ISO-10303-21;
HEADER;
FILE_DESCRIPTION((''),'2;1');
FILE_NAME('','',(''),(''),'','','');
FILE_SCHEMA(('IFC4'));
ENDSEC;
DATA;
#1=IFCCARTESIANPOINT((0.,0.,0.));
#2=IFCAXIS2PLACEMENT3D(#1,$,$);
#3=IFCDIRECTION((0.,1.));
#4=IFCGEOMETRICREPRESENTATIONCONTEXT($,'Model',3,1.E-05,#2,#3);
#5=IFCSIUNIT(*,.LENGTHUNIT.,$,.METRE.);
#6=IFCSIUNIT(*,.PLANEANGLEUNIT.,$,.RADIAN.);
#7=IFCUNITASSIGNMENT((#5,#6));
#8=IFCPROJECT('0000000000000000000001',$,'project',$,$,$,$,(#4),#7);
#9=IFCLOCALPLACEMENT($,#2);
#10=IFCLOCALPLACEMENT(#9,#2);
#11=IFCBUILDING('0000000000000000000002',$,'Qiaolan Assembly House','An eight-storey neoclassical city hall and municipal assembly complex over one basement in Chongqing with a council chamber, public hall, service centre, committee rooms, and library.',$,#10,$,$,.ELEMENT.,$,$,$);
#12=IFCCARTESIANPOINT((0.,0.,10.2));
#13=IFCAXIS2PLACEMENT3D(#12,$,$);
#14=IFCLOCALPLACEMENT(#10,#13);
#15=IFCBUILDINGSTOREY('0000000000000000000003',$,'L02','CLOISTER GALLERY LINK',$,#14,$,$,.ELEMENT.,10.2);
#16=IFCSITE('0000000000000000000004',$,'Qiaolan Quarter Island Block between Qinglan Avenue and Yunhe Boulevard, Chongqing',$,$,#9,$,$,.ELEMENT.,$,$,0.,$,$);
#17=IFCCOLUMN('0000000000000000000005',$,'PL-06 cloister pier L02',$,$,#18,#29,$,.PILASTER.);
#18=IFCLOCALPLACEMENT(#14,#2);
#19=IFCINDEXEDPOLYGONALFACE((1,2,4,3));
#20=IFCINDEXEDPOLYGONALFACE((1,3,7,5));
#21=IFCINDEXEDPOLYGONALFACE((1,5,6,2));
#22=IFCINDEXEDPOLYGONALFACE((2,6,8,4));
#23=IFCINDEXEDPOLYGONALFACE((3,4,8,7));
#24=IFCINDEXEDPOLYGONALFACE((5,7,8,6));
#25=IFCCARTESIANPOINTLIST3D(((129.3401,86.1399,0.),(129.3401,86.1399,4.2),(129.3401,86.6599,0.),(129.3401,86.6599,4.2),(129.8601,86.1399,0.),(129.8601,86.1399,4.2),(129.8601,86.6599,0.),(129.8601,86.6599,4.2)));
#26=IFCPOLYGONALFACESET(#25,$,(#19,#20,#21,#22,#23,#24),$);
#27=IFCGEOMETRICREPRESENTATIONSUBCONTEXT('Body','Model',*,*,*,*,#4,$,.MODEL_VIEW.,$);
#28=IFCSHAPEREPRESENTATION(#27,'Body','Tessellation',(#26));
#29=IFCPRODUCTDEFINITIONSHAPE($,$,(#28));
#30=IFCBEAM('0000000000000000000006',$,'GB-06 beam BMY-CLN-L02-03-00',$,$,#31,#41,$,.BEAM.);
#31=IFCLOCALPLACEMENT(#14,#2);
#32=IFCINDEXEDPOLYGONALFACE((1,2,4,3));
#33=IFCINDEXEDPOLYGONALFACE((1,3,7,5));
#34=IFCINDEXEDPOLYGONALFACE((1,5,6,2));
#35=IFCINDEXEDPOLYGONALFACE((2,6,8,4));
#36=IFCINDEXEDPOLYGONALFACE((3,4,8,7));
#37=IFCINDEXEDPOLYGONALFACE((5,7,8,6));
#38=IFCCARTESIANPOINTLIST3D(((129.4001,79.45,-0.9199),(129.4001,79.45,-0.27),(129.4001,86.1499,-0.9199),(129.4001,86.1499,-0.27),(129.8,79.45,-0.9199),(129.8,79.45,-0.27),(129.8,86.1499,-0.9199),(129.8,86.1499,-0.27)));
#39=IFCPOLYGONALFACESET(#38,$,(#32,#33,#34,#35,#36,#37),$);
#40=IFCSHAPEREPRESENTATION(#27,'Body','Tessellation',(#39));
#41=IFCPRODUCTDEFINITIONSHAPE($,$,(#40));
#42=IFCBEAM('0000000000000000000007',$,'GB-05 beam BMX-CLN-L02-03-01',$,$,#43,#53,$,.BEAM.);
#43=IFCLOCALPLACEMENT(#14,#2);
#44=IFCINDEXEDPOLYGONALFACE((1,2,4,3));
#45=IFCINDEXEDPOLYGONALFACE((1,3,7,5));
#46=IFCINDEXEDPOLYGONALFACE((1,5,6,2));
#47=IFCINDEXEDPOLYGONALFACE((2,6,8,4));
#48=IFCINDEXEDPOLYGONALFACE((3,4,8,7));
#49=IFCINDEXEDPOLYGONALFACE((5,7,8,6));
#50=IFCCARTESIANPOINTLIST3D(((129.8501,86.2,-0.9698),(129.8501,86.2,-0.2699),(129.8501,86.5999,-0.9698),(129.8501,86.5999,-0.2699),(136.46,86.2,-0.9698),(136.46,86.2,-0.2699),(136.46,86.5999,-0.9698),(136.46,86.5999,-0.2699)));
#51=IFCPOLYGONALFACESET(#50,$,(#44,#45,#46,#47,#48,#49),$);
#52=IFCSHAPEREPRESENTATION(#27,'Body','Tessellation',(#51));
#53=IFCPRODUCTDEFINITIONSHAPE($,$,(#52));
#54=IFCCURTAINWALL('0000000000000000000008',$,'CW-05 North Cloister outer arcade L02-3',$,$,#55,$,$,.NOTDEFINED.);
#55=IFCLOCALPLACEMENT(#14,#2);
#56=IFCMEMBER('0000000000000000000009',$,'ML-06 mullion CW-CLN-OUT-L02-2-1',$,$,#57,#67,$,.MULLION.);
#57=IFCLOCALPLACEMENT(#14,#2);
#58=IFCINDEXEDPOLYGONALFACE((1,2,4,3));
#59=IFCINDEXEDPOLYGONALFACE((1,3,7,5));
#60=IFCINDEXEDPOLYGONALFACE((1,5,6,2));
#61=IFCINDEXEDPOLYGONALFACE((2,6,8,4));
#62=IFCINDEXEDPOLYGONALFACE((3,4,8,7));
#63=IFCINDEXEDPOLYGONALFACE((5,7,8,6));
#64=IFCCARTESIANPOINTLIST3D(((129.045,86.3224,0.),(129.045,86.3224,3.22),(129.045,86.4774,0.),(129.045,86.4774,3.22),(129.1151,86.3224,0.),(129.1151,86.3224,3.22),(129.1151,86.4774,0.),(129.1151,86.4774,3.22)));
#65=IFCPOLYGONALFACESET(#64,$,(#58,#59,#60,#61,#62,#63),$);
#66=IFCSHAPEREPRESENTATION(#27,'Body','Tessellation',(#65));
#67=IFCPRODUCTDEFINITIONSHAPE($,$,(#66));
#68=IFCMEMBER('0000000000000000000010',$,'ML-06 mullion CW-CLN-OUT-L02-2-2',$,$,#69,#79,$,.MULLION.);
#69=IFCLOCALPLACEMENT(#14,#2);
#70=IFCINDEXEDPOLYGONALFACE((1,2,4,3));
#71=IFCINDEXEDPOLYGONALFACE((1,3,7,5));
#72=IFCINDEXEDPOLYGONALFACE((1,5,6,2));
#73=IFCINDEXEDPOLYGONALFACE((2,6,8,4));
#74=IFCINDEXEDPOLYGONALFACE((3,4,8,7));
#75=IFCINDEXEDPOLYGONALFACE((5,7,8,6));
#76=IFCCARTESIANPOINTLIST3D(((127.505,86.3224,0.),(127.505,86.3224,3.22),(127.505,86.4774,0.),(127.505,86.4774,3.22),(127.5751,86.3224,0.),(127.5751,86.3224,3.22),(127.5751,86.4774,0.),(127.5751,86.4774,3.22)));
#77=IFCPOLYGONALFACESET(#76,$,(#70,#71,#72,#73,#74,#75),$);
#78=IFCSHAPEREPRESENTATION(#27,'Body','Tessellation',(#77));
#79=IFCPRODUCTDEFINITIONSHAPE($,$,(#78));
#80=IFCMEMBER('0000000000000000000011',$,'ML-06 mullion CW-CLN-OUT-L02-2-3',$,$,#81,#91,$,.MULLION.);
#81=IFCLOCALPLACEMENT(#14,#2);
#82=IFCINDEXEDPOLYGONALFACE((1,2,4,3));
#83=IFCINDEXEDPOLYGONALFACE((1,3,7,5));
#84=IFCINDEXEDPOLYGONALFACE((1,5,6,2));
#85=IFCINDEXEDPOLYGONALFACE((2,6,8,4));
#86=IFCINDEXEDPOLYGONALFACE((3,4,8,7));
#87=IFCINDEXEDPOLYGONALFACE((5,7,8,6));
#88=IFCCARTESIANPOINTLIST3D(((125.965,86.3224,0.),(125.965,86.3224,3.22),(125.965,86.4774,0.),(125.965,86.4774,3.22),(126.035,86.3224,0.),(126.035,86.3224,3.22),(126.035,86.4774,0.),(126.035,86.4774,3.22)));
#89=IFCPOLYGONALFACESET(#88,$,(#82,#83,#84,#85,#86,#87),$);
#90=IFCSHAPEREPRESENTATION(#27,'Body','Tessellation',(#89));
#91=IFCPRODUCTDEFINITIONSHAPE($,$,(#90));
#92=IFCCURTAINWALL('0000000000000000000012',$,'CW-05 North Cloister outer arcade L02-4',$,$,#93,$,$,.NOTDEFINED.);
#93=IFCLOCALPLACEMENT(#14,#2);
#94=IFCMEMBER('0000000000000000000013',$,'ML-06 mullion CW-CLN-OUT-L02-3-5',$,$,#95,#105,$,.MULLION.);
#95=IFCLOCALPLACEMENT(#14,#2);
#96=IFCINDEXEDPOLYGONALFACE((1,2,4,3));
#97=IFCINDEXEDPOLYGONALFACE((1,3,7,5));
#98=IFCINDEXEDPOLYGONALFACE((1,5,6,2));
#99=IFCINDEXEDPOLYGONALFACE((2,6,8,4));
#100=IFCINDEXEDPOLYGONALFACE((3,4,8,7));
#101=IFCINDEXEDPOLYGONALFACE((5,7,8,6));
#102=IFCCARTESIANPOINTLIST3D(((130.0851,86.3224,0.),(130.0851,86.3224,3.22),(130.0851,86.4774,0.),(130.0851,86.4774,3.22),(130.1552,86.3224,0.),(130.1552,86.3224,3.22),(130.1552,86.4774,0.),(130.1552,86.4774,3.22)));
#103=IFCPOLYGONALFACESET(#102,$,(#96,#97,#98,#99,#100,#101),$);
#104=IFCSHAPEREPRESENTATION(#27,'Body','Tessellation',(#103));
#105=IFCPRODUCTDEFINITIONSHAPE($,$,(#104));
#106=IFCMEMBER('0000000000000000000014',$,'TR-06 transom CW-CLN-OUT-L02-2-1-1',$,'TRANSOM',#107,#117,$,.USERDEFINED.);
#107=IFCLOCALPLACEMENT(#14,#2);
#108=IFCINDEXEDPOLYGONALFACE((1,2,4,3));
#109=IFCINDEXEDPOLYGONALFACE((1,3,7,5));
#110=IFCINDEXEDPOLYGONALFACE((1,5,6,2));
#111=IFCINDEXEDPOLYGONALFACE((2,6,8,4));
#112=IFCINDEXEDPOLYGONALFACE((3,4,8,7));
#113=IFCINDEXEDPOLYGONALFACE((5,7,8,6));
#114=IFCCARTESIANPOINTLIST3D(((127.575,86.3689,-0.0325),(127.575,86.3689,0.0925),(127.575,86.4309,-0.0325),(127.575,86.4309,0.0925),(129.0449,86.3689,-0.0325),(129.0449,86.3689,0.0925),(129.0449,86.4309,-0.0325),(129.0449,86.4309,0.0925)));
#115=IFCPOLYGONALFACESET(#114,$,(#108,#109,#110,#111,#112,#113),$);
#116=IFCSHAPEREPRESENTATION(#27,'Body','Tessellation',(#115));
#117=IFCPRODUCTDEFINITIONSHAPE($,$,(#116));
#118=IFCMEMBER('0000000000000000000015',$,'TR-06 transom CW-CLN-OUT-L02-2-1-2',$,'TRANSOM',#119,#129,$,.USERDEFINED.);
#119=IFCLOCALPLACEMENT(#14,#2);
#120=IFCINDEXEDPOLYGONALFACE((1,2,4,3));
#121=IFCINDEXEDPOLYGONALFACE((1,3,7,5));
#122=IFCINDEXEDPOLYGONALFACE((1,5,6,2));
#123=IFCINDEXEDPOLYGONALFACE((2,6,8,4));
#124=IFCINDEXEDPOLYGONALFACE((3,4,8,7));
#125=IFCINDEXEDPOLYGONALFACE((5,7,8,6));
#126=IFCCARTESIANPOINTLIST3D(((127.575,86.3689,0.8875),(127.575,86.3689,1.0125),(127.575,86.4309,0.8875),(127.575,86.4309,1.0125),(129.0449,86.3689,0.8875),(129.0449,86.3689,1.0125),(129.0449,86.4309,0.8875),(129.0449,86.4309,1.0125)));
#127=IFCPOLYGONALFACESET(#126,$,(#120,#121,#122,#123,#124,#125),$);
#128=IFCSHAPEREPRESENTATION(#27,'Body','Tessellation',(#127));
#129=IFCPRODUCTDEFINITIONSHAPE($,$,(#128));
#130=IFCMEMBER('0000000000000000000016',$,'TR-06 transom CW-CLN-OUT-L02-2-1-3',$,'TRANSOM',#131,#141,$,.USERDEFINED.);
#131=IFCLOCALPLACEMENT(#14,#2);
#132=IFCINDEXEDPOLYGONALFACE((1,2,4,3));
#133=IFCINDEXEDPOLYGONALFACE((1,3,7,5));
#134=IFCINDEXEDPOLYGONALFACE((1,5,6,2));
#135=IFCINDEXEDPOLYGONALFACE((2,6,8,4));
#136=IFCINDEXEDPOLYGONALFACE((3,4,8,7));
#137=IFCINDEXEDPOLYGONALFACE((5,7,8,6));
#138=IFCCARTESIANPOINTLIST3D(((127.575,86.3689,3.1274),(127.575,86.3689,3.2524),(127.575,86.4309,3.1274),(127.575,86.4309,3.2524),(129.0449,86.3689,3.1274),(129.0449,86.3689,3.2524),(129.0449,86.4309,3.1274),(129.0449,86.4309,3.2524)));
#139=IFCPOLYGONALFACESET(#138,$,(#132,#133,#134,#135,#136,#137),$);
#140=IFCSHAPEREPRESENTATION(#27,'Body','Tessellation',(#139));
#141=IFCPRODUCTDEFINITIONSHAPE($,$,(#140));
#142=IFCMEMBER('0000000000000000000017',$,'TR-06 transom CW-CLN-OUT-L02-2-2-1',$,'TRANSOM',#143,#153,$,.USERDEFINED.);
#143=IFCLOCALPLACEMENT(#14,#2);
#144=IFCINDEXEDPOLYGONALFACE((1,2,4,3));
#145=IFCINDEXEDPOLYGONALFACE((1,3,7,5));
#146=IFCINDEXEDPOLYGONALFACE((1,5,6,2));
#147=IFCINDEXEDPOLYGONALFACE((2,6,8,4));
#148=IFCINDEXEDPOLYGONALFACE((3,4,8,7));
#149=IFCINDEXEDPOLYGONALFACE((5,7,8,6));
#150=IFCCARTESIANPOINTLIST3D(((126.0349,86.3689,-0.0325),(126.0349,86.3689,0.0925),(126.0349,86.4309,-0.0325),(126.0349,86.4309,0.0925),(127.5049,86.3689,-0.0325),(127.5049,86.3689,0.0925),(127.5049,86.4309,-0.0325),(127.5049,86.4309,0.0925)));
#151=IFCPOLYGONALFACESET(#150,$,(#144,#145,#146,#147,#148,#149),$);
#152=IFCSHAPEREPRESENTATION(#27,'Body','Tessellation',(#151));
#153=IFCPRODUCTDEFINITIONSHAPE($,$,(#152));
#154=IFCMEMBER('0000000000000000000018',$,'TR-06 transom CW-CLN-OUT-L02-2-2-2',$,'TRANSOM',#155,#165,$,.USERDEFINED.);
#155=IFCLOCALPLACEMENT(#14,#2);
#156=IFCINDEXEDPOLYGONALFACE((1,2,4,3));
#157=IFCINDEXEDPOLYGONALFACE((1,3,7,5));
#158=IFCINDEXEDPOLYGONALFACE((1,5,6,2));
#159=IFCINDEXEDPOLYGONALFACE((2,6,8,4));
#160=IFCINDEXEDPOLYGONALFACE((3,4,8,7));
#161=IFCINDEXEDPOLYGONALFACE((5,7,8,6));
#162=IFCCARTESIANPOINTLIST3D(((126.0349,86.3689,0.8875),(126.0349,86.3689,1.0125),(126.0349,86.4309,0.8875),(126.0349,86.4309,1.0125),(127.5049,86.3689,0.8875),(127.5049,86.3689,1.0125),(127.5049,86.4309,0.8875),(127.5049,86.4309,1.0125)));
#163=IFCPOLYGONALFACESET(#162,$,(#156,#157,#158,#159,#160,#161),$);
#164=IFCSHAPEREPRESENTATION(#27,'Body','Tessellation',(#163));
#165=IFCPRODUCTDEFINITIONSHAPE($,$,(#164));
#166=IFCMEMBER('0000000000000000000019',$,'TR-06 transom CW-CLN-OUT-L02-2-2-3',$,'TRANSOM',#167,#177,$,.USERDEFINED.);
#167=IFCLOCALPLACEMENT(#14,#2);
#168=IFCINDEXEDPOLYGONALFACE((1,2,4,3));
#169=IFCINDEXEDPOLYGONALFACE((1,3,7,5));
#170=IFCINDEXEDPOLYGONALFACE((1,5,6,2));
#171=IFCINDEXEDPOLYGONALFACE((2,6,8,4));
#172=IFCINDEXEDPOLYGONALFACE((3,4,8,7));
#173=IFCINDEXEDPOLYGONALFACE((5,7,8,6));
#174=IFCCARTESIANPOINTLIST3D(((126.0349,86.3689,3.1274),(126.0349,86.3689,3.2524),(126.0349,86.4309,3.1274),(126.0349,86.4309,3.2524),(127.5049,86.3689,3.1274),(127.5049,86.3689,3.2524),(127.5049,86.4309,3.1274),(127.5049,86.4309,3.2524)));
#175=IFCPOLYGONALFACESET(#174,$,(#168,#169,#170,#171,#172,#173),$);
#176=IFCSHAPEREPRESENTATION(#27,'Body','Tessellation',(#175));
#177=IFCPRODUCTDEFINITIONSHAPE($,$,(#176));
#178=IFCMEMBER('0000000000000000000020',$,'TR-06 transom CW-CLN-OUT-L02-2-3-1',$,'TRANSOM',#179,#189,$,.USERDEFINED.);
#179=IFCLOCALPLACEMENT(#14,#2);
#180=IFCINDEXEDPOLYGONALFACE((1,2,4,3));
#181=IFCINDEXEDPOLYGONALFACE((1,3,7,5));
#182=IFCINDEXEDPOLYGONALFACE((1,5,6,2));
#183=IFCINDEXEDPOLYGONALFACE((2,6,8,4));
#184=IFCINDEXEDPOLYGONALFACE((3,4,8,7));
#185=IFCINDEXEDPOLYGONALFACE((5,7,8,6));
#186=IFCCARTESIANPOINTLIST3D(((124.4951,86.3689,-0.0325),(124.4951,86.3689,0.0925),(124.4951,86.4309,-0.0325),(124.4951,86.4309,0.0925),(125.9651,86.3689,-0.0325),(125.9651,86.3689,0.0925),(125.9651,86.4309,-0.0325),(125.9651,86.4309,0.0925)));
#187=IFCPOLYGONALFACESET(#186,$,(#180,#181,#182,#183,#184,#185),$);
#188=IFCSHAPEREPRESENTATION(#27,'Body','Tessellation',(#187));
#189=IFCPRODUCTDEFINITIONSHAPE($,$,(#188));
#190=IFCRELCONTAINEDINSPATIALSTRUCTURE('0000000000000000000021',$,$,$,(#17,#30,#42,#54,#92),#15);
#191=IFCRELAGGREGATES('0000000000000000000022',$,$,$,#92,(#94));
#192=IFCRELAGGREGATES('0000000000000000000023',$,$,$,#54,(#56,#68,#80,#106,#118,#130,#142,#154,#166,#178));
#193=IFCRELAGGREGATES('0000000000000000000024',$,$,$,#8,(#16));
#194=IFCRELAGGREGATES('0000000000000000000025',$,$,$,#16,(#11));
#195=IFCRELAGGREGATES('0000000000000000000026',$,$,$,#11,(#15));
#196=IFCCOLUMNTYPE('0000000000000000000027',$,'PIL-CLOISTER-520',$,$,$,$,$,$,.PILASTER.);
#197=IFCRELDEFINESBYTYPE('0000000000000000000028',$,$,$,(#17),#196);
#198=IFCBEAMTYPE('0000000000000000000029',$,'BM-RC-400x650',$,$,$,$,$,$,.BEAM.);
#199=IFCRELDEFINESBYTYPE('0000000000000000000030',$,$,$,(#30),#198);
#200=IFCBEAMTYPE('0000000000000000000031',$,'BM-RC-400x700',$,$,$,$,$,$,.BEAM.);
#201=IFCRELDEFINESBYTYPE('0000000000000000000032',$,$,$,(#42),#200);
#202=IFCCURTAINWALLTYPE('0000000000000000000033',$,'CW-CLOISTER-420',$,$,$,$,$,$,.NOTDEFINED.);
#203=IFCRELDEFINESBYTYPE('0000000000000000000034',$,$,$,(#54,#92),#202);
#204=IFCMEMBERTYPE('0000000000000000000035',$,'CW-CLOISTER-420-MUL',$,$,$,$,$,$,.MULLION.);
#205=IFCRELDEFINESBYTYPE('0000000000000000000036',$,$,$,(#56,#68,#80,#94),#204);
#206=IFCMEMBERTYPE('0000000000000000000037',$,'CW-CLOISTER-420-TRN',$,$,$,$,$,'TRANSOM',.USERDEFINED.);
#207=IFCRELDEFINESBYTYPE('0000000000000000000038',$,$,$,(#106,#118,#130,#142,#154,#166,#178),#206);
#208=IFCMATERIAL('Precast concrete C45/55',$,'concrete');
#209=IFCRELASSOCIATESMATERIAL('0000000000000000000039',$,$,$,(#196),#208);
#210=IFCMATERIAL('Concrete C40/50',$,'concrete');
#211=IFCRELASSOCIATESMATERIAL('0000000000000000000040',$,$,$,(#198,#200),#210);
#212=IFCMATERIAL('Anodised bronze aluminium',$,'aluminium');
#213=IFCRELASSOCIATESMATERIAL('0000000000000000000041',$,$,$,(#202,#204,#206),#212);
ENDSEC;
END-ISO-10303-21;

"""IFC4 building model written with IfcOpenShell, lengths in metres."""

from ifc_helpers import new_model, si_unit, direction, frame, origin, origin_2d, place, context, subcontext, project, spatial, rectangle, extrude, material, material_profile, profile_set, type_object, element, aggregate, save


model = new_model("IFC4")

# Units and contexts
model_context = context("Model", 3, precision=1e-05, world=origin(), true_north=direction((0.0, 1.0)))
body_context = subcontext(model_context, "Body", "Model", "MODEL_VIEW")
ifc_project = project(units=[si_unit("LENGTHUNIT", "METRE"), si_unit("PLANEANGLEUNIT", "RADIAN")], contexts=[model_context])

# Site, building, storey
site_placement = place(None, origin())
site = spatial("IfcSite", under=ifc_project, at=site_placement, Name="Qiaolan Quarter Island Block between Qinglan Avenue and Yunhe Boulevard, Chongqing", CompositionType="ELEMENT", RefElevation=0.0)
building_placement = place(site_placement, origin())
building = spatial("IfcBuilding", under=site, at=building_placement, Name="Qiaolan Assembly House", Description="An eight-storey neoclassical city hall and municipal assembly complex over one basement in Chongqing with a council chamber, public hall, service centre, committee rooms, and library.", CompositionType="ELEMENT")
storey_placement = place(building_placement, frame((0.0, 0.0, 10.2)))
storey = spatial("IfcBuildingStorey", under=building, at=storey_placement, Name="L02", Description="CLOISTER GALLERY LINK", CompositionType="ELEMENT", Elevation=10.2)

# Column
ifc_material_1 = material(Name="Precast concrete C45/55", Category="concrete")
ifc_material_profile_1 = material_profile(ifc_material_1, rectangle(XDim=0.52, YDim=0.52, at=origin_2d()), Name="PIL 520x520")
ifc_profile_set_1 = profile_set([ifc_material_profile_1], Name="Precast concrete C45/55")
column_type = type_object("IfcColumnType", Name="PIL-CLOISTER-520", PredefinedType="PILASTER", material=ifc_profile_set_1)
column_placement = place(storey_placement, frame((129.6001, 86.3999, 0.0), z_axis=(0.0, 0.0, 1.0), x_axis=(1.0, 0.0, 0.0)))
element("IfcColumn", 1, at=column_placement, inside=storey, type_object=column_type, Name="PL-06 cloister pier L02", PredefinedType="PILASTER", context=body_context, shape_type="SweptSolid", body=[
    extrude(rectangle(XDim=0.52, YDim=0.52, at=origin_2d()), origin(), (0.0, 0.0, 1.0), 4.2),
])

# Beams
ifc_material_2 = material(Name="Concrete C40/50", Category="concrete")
ifc_material_profile_2 = material_profile(ifc_material_2, rectangle(XDim=0.3999, YDim=0.6499, at=origin_2d()), Name="RCB 400x650")
ifc_profile_set_2 = profile_set([ifc_material_profile_2], Name="Concrete C40/50")
beam_type_1 = type_object("IfcBeamType", Name="BM-RC-400x650", PredefinedType="BEAM", material=ifc_profile_set_2)
beam_1_placement = place(storey_placement, frame((129.6001, 79.45, -0.595), z_axis=(0.0, 1.0, 0.0), x_axis=(-1.0, 0.0, 0.0)))
element("IfcBeam", 2, at=beam_1_placement, inside=storey, type_object=beam_type_1, Name="GB-06 beam BMY-CLN-L02-03-00", PredefinedType="BEAM", context=body_context, shape_type="SweptSolid", body=[
    extrude(rectangle(XDim=0.3999, YDim=0.6499, at=origin_2d()), origin(), (0.0, 0.0, 1.0), 6.7),
])
ifc_material_profile_3 = material_profile(ifc_material_2, rectangle(XDim=0.3999, YDim=0.7, at=origin_2d()), Name="RCB 400x700")
ifc_profile_set_3 = profile_set([ifc_material_profile_3], Name="Concrete C40/50")
beam_type_2 = type_object("IfcBeamType", Name="BM-RC-400x700", PredefinedType="BEAM", material=ifc_profile_set_3)
beam_2_placement = place(storey_placement, frame((129.8501, 86.3999, -0.6199), z_axis=(1.0, 0.0, 0.0), x_axis=(0.0, 1.0, 0.0)))
element("IfcBeam", 3, at=beam_2_placement, inside=storey, type_object=beam_type_2, Name="GB-05 beam BMX-CLN-L02-03-01", PredefinedType="BEAM", context=body_context, shape_type="SweptSolid", body=[
    extrude(rectangle(XDim=0.3999, YDim=0.7, at=origin_2d()), origin(), (0.0, 0.0, 1.0), 6.6099),
])

# Curtain wall, members
ifc_material_3 = material(Name="Anodised bronze aluminium", Category="aluminium")
curtain_wall_type = type_object("IfcCurtainWallType", Name="CW-CLOISTER-420", PredefinedType="NOTDEFINED", material=ifc_material_3)
curtain_wall_1_placement = place(storey_placement, origin())
curtain_wall_1 = element("IfcCurtainWall", 4, at=curtain_wall_1_placement, inside=storey, type_object=curtain_wall_type, Name="CW-05 North Cloister outer arcade L02-3", PredefinedType="NOTDEFINED")
ifc_material_profile_4 = material_profile(ifc_material_3, rectangle(XDim=0.0701, YDim=0.155, at=origin_2d()), Name="MUL 70x155")
ifc_profile_set_4 = profile_set([ifc_material_profile_4], Name="Anodised bronze aluminium")
member_type_1 = type_object("IfcMemberType", Name="CW-CLOISTER-420-MUL", PredefinedType="MULLION", material=ifc_profile_set_4)
member_1_placement = place(storey_placement, frame((129.0801, 86.3999, 0.0), z_axis=(0.0, 0.0, 1.0), x_axis=(-1.0, 0.0, 0.0)))
member_1 = element("IfcMember", 5, at=member_1_placement, type_object=member_type_1, Name="ML-06 mullion CW-CLN-OUT-L02-2-1", PredefinedType="MULLION", context=body_context, shape_type="SweptSolid", body=[
    extrude(rectangle(XDim=0.0701, YDim=0.155, at=origin_2d()), origin(), (0.0, 0.0, 1.0), 3.22),
])
member_2_placement = place(storey_placement, frame((127.54, 86.3999, 0.0), z_axis=(0.0, 0.0, 1.0), x_axis=(-1.0, 0.0, 0.0)))
member_2 = element("IfcMember", 6, at=member_2_placement, type_object=member_type_1, Name="ML-06 mullion CW-CLN-OUT-L02-2-2", PredefinedType="MULLION", context=body_context, shape_type="SweptSolid", body=[
    extrude(rectangle(XDim=0.0701, YDim=0.155, at=origin_2d()), origin(), (0.0, 0.0, 1.0), 3.22),
])
member_3_placement = place(storey_placement, frame((126.0, 86.3999, 0.0), z_axis=(0.0, 0.0, 1.0), x_axis=(-1.0, 0.0, 0.0)))
member_3 = element("IfcMember", 7, at=member_3_placement, type_object=member_type_1, Name="ML-06 mullion CW-CLN-OUT-L02-2-3", PredefinedType="MULLION", context=body_context, shape_type="SweptSolid", body=[
    extrude(rectangle(XDim=0.0701, YDim=0.155, at=origin_2d()), origin(), (0.0, 0.0, 1.0), 3.22),
])

# Curtain wall, member
curtain_wall_2_placement = place(storey_placement, origin())
curtain_wall_2 = element("IfcCurtainWall", 8, at=curtain_wall_2_placement, inside=storey, type_object=curtain_wall_type, Name="CW-05 North Cloister outer arcade L02-4", PredefinedType="NOTDEFINED")
member_4_placement = place(storey_placement, frame((130.1201, 86.3999, 0.0), z_axis=(0.0, 0.0, 1.0), x_axis=(-1.0, 0.0, 0.0)))
member_4 = element("IfcMember", 9, at=member_4_placement, type_object=member_type_1, Name="ML-06 mullion CW-CLN-OUT-L02-3-5", PredefinedType="MULLION", context=body_context, shape_type="SweptSolid", body=[
    extrude(rectangle(XDim=0.0701, YDim=0.155, at=origin_2d()), origin(), (0.0, 0.0, 1.0), 3.22),
])
aggregate(curtain_wall_2, [member_4])

# Members
ifc_material_profile_5 = material_profile(ifc_material_3, rectangle(XDim=0.062, YDim=0.125, at=origin_2d()), Name="TRN 62x125")
ifc_profile_set_5 = profile_set([ifc_material_profile_5], Name="Anodised bronze aluminium")
member_type_2 = type_object("IfcMemberType", Name="CW-CLOISTER-420-TRN", ElementType="TRANSOM", PredefinedType="USERDEFINED", material=ifc_profile_set_5)
member_5_placement = place(storey_placement, frame((129.0449, 86.3999, 0.03), z_axis=(-1.0, 0.0, 0.0), x_axis=(0.0, -1.0, 0.0)))
member_5 = element("IfcMember", 10, at=member_5_placement, type_object=member_type_2, Name="TR-06 transom CW-CLN-OUT-L02-2-1-1", ObjectType="TRANSOM", PredefinedType="USERDEFINED", context=body_context, shape_type="SweptSolid", body=[
    extrude(rectangle(XDim=0.062, YDim=0.125, at=origin_2d()), origin(), (0.0, 0.0, 1.0), 1.47),
])
member_6_placement = place(storey_placement, frame((129.0449, 86.3999, 0.95), z_axis=(-1.0, 0.0, 0.0), x_axis=(0.0, -1.0, 0.0)))
member_6 = element("IfcMember", 11, at=member_6_placement, type_object=member_type_2, Name="TR-06 transom CW-CLN-OUT-L02-2-1-2", ObjectType="TRANSOM", PredefinedType="USERDEFINED", context=body_context, shape_type="SweptSolid", body=[
    extrude(rectangle(XDim=0.062, YDim=0.125, at=origin_2d()), origin(), (0.0, 0.0, 1.0), 1.47),
])
member_7_placement = place(storey_placement, frame((129.0449, 86.3999, 3.1899), z_axis=(-1.0, 0.0, 0.0), x_axis=(0.0, -1.0, 0.0)))
member_7 = element("IfcMember", 12, at=member_7_placement, type_object=member_type_2, Name="TR-06 transom CW-CLN-OUT-L02-2-1-3", ObjectType="TRANSOM", PredefinedType="USERDEFINED", context=body_context, shape_type="SweptSolid", body=[
    extrude(rectangle(XDim=0.062, YDim=0.125, at=origin_2d()), origin(), (0.0, 0.0, 1.0), 1.47),
])
member_8_placement = place(storey_placement, frame((127.5049, 86.3999, 0.03), z_axis=(-1.0, 0.0, 0.0), x_axis=(0.0, -1.0, 0.0)))
member_8 = element("IfcMember", 13, at=member_8_placement, type_object=member_type_2, Name="TR-06 transom CW-CLN-OUT-L02-2-2-1", ObjectType="TRANSOM", PredefinedType="USERDEFINED", context=body_context, shape_type="SweptSolid", body=[
    extrude(rectangle(XDim=0.062, YDim=0.125, at=origin_2d()), origin(), (0.0, 0.0, 1.0), 1.47),
])
member_9_placement = place(storey_placement, frame((127.5049, 86.3999, 0.95), z_axis=(-1.0, 0.0, 0.0), x_axis=(0.0, -1.0, 0.0)))
member_9 = element("IfcMember", 14, at=member_9_placement, type_object=member_type_2, Name="TR-06 transom CW-CLN-OUT-L02-2-2-2", ObjectType="TRANSOM", PredefinedType="USERDEFINED", context=body_context, shape_type="SweptSolid", body=[
    extrude(rectangle(XDim=0.062, YDim=0.125, at=origin_2d()), origin(), (0.0, 0.0, 1.0), 1.47),
])
member_10_placement = place(storey_placement, frame((127.5049, 86.3999, 3.1899), z_axis=(-1.0, 0.0, 0.0), x_axis=(0.0, -1.0, 0.0)))
member_10 = element("IfcMember", 15, at=member_10_placement, type_object=member_type_2, Name="TR-06 transom CW-CLN-OUT-L02-2-2-3", ObjectType="TRANSOM", PredefinedType="USERDEFINED", context=body_context, shape_type="SweptSolid", body=[
    extrude(rectangle(XDim=0.062, YDim=0.125, at=origin_2d()), origin(), (0.0, 0.0, 1.0), 1.47),
])
member_11_placement = place(storey_placement, frame((125.9651, 86.3999, 0.03), z_axis=(-1.0, 0.0, 0.0), x_axis=(0.0, -1.0, 0.0)))
member_11 = element("IfcMember", 16, at=member_11_placement, type_object=member_type_2, Name="TR-06 transom CW-CLN-OUT-L02-2-3-1", ObjectType="TRANSOM", PredefinedType="USERDEFINED", context=body_context, shape_type="SweptSolid", body=[
    extrude(rectangle(XDim=0.062, YDim=0.125, at=origin_2d()), origin(), (0.0, 0.0, 1.0), 1.47),
])

aggregate(curtain_wall_1, [member_1, member_2, member_3, member_5, member_6, member_7, member_8, member_9, member_10, member_11])

save(model, "model.ifc")
